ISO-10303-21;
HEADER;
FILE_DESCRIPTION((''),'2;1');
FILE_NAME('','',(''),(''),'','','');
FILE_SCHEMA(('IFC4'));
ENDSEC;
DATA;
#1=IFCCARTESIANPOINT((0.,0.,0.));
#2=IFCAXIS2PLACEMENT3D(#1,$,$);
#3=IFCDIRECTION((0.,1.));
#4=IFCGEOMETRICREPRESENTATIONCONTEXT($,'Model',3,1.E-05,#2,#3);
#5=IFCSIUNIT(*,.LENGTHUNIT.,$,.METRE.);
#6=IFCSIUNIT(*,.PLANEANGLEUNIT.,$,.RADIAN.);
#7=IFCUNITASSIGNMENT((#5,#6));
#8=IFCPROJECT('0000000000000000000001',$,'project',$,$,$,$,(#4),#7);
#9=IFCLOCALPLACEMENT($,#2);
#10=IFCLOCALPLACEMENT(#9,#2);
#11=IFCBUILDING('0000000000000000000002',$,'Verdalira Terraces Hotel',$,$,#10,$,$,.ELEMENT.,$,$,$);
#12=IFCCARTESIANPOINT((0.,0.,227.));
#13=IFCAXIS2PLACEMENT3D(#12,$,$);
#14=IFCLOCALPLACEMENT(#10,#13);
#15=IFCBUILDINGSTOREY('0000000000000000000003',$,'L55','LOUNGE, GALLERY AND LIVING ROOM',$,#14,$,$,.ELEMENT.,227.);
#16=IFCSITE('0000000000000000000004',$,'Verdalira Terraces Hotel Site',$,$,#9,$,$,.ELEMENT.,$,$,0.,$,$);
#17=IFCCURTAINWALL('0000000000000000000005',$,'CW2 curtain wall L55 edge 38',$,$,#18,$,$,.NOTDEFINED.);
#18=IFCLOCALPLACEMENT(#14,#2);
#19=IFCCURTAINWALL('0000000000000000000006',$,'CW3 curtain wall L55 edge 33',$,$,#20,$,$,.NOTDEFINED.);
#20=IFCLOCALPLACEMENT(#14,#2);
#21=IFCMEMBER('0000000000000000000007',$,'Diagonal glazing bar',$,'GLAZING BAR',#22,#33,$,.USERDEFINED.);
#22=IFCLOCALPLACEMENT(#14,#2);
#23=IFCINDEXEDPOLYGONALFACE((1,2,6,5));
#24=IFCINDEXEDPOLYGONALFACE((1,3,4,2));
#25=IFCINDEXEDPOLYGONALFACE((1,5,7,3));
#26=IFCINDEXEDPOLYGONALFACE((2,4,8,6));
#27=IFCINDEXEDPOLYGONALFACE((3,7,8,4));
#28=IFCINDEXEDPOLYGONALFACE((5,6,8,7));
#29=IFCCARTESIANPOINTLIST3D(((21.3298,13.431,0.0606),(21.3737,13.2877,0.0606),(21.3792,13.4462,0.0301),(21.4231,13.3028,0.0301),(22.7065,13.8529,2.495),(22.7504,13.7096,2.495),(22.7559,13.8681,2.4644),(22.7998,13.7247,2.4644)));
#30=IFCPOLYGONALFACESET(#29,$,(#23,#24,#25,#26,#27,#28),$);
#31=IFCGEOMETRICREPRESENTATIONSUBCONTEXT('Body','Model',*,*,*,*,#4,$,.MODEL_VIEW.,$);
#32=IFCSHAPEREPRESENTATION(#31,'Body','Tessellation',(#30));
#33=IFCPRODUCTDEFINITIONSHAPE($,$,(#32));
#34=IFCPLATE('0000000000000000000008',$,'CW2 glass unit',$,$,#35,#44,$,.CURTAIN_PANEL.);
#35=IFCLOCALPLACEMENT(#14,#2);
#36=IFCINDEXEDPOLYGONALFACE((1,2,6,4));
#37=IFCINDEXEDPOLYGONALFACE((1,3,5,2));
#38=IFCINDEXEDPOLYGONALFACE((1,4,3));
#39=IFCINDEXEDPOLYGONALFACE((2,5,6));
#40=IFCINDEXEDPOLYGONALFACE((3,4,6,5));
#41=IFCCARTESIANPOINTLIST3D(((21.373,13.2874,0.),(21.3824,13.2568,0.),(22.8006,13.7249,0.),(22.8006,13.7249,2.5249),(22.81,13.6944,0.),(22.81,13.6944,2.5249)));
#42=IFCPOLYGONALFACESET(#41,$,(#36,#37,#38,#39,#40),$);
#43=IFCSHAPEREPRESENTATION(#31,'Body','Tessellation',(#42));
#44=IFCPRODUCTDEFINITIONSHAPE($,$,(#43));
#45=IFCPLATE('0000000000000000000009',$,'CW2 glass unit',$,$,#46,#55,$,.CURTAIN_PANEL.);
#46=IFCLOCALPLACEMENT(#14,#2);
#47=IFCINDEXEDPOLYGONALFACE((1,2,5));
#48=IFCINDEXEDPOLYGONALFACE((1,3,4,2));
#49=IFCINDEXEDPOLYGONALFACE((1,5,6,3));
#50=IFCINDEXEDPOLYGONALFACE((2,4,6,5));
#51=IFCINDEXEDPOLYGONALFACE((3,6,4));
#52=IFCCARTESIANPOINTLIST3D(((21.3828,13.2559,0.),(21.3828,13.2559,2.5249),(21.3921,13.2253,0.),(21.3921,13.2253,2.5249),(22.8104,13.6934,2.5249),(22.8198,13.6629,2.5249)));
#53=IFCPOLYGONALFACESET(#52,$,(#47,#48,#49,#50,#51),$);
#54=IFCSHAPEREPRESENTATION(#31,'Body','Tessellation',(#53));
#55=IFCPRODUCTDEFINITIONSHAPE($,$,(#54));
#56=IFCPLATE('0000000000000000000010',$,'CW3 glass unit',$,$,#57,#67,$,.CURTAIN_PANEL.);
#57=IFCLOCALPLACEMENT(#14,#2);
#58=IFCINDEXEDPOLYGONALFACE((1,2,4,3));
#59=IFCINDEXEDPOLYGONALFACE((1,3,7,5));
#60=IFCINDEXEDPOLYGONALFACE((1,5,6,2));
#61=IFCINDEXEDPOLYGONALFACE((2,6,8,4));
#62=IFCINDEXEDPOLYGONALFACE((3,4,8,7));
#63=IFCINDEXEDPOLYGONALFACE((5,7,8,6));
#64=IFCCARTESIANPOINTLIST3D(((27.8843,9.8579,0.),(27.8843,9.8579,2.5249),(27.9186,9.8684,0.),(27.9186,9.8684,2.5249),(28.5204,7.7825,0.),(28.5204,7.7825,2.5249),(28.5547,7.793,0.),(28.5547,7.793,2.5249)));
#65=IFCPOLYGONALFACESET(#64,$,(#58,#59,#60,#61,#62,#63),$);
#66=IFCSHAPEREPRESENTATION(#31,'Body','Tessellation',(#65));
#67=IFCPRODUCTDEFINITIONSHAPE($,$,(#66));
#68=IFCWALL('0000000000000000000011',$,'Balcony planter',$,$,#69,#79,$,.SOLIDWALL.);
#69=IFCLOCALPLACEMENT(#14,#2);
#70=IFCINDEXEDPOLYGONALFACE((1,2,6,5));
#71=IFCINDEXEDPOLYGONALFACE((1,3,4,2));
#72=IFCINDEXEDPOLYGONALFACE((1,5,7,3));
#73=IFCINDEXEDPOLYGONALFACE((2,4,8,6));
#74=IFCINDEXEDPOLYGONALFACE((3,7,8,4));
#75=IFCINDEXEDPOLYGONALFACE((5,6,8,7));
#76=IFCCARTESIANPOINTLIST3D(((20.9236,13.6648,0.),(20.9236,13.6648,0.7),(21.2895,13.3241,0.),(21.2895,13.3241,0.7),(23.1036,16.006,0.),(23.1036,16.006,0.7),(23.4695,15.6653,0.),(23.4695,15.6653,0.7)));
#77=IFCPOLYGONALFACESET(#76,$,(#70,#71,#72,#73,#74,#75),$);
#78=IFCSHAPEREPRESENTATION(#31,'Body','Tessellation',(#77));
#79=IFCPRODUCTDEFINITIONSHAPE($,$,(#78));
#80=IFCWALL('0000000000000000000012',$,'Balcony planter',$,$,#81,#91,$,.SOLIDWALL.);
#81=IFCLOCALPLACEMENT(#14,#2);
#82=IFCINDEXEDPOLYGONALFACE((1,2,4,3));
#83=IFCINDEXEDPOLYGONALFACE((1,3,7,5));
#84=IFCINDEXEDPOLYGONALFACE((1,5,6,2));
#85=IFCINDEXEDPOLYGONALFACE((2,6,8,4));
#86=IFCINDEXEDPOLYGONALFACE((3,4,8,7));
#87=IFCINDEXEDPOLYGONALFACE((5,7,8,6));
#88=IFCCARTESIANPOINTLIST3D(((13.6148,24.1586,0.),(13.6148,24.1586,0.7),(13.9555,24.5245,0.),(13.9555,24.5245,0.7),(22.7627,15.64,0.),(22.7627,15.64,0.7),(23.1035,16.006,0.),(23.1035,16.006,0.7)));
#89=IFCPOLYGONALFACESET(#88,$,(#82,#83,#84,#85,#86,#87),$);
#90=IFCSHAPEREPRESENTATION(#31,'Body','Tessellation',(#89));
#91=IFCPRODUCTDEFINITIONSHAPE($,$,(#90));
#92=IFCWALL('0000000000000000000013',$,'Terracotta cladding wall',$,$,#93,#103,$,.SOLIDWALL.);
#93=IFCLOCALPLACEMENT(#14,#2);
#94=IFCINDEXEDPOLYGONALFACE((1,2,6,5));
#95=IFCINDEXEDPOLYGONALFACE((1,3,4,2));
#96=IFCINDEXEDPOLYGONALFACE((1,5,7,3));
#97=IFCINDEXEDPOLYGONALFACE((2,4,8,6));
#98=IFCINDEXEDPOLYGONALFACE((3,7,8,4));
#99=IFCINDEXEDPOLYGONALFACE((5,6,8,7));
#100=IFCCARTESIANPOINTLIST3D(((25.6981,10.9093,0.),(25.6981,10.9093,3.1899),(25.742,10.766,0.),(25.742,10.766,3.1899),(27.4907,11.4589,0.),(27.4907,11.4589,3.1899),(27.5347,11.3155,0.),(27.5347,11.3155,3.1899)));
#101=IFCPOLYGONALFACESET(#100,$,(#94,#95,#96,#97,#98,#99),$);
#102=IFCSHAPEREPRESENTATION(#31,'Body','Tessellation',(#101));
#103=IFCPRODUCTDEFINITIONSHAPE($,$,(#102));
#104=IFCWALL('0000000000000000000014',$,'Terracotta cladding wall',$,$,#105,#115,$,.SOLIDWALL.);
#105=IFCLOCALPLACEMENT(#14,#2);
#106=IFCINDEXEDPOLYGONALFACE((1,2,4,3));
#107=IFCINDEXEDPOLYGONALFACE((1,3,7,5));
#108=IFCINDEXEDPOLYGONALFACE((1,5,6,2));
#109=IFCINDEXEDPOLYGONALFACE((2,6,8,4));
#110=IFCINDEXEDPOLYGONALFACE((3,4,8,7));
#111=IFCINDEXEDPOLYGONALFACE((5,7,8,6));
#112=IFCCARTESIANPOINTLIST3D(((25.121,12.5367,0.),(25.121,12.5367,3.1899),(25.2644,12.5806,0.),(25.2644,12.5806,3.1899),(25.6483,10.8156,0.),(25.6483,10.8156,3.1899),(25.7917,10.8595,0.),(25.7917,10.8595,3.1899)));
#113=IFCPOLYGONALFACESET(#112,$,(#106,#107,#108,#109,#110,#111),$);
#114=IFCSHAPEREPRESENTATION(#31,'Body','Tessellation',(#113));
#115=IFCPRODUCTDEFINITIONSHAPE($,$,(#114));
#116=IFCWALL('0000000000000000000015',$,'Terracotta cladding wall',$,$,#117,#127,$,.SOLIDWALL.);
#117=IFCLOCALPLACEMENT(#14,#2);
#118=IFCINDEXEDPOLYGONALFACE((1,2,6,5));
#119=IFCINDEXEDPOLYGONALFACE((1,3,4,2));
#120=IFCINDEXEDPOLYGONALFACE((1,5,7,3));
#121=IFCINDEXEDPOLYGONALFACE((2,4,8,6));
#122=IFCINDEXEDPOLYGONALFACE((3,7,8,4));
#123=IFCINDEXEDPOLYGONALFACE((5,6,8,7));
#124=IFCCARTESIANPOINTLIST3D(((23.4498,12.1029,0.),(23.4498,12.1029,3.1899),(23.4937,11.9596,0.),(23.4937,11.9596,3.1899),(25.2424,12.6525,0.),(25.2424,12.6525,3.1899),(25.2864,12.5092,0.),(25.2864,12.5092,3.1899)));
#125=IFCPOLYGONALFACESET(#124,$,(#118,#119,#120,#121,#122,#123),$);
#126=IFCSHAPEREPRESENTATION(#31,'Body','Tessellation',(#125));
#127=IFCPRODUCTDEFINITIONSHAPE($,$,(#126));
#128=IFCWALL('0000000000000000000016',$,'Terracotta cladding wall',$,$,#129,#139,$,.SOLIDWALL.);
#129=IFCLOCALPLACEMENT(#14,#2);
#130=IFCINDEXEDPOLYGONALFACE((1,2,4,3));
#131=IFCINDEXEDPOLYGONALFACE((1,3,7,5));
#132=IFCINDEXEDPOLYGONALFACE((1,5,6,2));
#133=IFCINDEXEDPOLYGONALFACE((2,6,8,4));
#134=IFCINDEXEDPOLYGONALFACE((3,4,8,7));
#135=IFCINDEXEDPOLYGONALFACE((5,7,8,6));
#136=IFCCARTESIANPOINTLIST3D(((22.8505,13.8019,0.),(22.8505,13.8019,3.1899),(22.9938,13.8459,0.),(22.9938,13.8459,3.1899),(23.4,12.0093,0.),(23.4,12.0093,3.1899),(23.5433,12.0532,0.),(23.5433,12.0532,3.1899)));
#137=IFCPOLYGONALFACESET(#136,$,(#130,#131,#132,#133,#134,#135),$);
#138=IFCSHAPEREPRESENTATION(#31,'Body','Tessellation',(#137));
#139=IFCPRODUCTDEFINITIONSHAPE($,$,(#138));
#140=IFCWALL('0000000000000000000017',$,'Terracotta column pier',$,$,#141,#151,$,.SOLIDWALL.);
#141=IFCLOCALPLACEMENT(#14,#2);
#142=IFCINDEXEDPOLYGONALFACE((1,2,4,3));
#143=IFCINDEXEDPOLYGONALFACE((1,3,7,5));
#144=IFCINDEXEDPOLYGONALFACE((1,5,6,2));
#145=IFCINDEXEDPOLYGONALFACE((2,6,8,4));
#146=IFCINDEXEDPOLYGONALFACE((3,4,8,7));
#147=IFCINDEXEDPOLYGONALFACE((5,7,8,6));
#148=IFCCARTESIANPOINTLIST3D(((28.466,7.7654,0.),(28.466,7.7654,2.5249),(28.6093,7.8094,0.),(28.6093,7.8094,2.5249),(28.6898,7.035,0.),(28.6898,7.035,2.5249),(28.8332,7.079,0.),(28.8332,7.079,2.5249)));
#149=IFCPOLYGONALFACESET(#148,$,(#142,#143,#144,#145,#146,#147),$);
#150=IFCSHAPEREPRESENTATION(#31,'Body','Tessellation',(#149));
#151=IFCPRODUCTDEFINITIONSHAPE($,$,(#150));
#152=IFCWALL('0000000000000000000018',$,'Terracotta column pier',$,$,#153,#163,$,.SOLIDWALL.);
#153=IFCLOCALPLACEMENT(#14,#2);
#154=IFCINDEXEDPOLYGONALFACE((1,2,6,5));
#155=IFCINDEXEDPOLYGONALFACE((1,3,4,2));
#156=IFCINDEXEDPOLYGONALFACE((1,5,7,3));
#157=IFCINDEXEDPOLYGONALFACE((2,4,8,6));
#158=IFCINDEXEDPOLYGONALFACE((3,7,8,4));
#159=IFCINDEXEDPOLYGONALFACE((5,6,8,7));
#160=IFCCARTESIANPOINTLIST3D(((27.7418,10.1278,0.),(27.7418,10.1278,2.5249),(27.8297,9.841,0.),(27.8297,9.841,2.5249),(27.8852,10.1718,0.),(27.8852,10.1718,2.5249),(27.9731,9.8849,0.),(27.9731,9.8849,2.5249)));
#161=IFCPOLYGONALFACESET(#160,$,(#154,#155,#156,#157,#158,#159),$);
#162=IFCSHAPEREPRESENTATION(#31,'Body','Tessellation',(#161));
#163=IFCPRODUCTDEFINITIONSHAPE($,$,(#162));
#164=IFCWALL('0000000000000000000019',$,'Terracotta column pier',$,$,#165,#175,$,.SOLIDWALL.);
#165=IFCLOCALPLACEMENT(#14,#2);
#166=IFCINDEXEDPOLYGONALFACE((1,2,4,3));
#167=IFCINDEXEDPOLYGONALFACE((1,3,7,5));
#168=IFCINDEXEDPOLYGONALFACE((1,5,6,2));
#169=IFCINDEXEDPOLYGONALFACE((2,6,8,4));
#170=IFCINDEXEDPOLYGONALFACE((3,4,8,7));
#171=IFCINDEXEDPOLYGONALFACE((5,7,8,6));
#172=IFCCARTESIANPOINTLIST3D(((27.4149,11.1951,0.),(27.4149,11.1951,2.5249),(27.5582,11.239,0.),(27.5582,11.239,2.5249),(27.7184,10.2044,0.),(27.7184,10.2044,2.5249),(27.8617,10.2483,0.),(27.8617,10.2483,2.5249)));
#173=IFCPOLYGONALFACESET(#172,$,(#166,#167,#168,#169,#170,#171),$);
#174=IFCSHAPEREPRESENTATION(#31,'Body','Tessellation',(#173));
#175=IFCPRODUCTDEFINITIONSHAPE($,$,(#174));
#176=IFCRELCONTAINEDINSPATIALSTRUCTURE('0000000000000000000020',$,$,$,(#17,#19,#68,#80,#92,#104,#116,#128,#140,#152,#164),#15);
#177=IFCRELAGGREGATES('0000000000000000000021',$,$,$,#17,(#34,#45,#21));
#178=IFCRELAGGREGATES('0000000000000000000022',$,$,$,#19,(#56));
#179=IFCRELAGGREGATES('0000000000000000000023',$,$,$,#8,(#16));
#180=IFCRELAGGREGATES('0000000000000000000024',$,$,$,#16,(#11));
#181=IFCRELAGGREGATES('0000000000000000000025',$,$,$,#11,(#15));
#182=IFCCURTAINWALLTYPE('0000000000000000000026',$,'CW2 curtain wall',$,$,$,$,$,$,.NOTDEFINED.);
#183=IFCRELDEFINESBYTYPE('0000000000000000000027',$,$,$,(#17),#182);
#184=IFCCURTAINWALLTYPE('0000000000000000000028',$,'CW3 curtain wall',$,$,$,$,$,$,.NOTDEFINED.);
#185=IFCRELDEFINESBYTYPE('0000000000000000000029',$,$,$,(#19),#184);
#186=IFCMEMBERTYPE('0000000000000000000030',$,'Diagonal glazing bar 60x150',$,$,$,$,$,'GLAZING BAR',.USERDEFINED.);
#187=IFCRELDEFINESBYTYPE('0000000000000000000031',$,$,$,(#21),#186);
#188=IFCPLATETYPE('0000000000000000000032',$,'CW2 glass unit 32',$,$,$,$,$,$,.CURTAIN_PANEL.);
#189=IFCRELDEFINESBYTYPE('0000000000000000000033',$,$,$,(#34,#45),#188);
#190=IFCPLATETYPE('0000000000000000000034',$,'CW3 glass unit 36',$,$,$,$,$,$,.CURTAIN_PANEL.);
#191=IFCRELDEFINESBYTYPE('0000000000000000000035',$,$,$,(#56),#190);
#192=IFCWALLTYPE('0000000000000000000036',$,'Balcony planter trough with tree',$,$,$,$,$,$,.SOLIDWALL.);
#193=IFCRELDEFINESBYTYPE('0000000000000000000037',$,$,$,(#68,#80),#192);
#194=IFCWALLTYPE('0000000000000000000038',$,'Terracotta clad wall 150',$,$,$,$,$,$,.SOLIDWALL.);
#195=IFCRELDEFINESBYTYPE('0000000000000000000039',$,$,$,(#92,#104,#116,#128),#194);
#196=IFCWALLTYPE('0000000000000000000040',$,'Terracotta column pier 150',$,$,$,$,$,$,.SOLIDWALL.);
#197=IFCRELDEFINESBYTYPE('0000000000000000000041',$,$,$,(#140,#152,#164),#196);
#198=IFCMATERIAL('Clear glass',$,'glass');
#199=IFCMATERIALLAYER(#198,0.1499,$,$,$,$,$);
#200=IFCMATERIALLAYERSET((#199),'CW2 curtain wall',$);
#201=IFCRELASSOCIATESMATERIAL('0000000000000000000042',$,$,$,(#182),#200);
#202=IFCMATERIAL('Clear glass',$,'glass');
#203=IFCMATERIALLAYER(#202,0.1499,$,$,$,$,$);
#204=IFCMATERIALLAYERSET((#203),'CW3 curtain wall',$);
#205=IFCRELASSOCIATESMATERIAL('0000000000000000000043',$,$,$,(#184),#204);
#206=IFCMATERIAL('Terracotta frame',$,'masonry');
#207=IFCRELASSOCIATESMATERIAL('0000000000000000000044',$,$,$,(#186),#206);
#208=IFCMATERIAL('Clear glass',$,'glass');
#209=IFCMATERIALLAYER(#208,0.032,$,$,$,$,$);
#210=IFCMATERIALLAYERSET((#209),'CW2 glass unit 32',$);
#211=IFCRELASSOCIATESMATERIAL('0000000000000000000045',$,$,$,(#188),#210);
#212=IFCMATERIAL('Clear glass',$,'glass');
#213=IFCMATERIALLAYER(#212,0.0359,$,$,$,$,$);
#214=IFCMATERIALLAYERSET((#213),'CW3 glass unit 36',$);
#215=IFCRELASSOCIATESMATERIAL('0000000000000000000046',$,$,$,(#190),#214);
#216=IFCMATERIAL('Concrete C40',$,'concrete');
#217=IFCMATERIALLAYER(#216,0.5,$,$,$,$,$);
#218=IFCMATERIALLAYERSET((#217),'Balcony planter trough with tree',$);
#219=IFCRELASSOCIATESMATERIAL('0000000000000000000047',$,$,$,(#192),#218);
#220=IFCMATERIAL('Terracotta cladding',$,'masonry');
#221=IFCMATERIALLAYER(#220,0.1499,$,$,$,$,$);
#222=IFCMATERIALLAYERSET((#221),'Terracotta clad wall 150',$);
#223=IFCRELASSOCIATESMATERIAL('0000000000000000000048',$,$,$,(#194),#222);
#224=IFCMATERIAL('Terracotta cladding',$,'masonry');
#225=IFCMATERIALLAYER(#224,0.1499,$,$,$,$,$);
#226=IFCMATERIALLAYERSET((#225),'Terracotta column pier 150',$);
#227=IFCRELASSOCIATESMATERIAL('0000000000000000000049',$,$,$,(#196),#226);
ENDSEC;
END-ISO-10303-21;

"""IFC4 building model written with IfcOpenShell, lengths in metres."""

from ifc_helpers import new_model, si_unit, direction, frame, frame_2d, origin, origin_2d, place, context, subcontext, project, spatial, polyline, rectangle, outline, extrude, material, layer, layer_set, material_profile, profile_set, type_object, element, aggregate, save


model = new_model("IFC4")

# Units and contexts
model_context = context("Model", 3, precision=1e-05, world=origin(), true_north=direction((0.0, 1.0)))
body_context = subcontext(model_context, "Body", "Model", "MODEL_VIEW")
ifc_project = project(units=[si_unit("LENGTHUNIT", "METRE"), si_unit("PLANEANGLEUNIT", "RADIAN")], contexts=[model_context])

# Site, building, storey
site_placement = place(None, origin())
site = spatial("IfcSite", under=ifc_project, at=site_placement, Name="Verdalira Terraces Hotel Site", CompositionType="ELEMENT", RefElevation=0.0)
building_placement = place(site_placement, origin())
building = spatial("IfcBuilding", under=site, at=building_placement, Name="Verdalira Terraces Hotel", CompositionType="ELEMENT")
storey_placement = place(building_placement, frame((0.0, 0.0, 227.0)))
storey = spatial("IfcBuildingStorey", under=building, at=storey_placement, Name="L55", Description="LOUNGE, GALLERY AND LIVING ROOM", CompositionType="ELEMENT", Elevation=227.0)

# Curtain walls
ifc_material_1 = material(Name="Clear glass", Category="glass")
ifc_layer_1 = layer(ifc_material_1, 0.1499)
ifc_layer_set_1 = layer_set([ifc_layer_1], Name="CW2 curtain wall")
curtain_wall_type_1 = type_object("IfcCurtainWallType", Name="CW2 curtain wall", PredefinedType="NOTDEFINED", material=ifc_layer_set_1)
curtain_wall_1_placement = place(storey_placement, origin())
curtain_wall_1 = element("IfcCurtainWall", 1, at=curtain_wall_1_placement, inside=storey, type_object=curtain_wall_type_1, Name="CW2 curtain wall L55 edge 38", PredefinedType="NOTDEFINED")
ifc_material_2 = material(Name="Clear glass", Category="glass")
ifc_layer_2 = layer(ifc_material_2, 0.1499)
ifc_layer_set_2 = layer_set([ifc_layer_2], Name="CW3 curtain wall")
curtain_wall_type_2 = type_object("IfcCurtainWallType", Name="CW3 curtain wall", PredefinedType="NOTDEFINED", material=ifc_layer_set_2)
curtain_wall_2_placement = place(storey_placement, origin())
curtain_wall_2 = element("IfcCurtainWall", 2, at=curtain_wall_2_placement, inside=storey, type_object=curtain_wall_type_2, Name="CW3 curtain wall L55 edge 33", PredefinedType="NOTDEFINED")

# Member
ifc_material_3 = material(Name="Terracotta frame", Category="masonry")
ifc_material_profile_1 = material_profile(ifc_material_3, rectangle(XDim=0.1499, YDim=0.0601, at=origin_2d()), Name="GB 60x150")
ifc_profile_set_1 = profile_set([ifc_material_profile_1], Name="Terracotta frame")
member_type_1 = type_object("IfcMemberType", Name="Diagonal glazing bar 60x150", ElementType="GLAZING BAR", PredefinedType="USERDEFINED", material=ifc_profile_set_1)
member_1_placement = place(storey_placement, frame((22.7532, 13.7888, 2.4797), z_axis=(-0.486763, -0.149162, -0.860705), x_axis=(0.29299, -0.956116, 0.0)))
member_1 = element("IfcMember", 3, at=member_1_placement, type_object=member_type_1, Name="Diagonal glazing bar", ObjectType="GLAZING BAR", PredefinedType="USERDEFINED", context=body_context, shape_type="SweptSolid", body=[
    extrude(rectangle(XDim=0.1499, YDim=0.0601, at=origin_2d()), origin(), (0.0, 0.0, 1.0), 2.8284),
])

# Plates
ifc_material_4 = material(Name="Clear glass", Category="glass")
ifc_layer_3 = layer(ifc_material_4, 0.032)
ifc_layer_set_3 = layer_set([ifc_layer_3], Name="CW2 glass unit 32")
plate_type_1 = type_object("IfcPlateType", Name="CW2 glass unit 32", PredefinedType="CURTAIN_PANEL", material=ifc_layer_set_3)
plate_1_placement = place(storey_placement, frame((22.0962, 13.4756, 1.2625), z_axis=(-0.293039, 0.9561, 0.0), x_axis=(-0.9561, -0.293039, 0.0)))
plate_1 = element("IfcPlate", 4, at=plate_1_placement, type_object=plate_type_1, Name="CW2 glass unit", PredefinedType="CURTAIN_PANEL", context=body_context, shape_type="SweptSolid", body=[
    extrude(outline(polyline([(-0.7466, -1.2625), (0.7466, -1.2625), (-0.7466, 1.2625), (-0.7466, -1.2625)])), origin(), (0.0, 0.0, 1.0), 0.032),
])
plate_2_placement = place(storey_placement, frame((22.106, 13.4441, 1.2625), z_axis=(-0.293039, 0.9561, 0.0), x_axis=(-0.9561, -0.293039, 0.0)))
plate_2 = element("IfcPlate", 5, at=plate_2_placement, type_object=plate_type_1, Name="CW2 glass unit", PredefinedType="CURTAIN_PANEL", context=body_context, shape_type="SweptSolid", body=[
    extrude(outline(polyline([(0.7466, -1.2625), (0.7466, 1.2625), (-0.7466, 1.2625), (0.7466, -1.2625)])), origin(), (0.0, 0.0, 1.0), 0.032),
])
aggregate(curtain_wall_1, [plate_1, plate_2, member_1])
ifc_material_5 = material(Name="Clear glass", Category="glass")
ifc_layer_4 = layer(ifc_material_5, 0.0359)
ifc_layer_set_4 = layer_set([ifc_layer_4], Name="CW3 glass unit 36")
plate_type_2 = type_object("IfcPlateType", Name="CW3 glass unit 36", PredefinedType="CURTAIN_PANEL", material=ifc_layer_set_4)
plate_3_placement = place(storey_placement, frame((28.2195, 8.8254, 0.0), z_axis=(0.0, 0.0, 1.0), x_axis=(-0.293039, 0.9561, 0.0)))
plate_3 = element("IfcPlate", 6, at=plate_3_placement, type_object=plate_type_2, Name="CW3 glass unit", PredefinedType="CURTAIN_PANEL", context=body_context, shape_type="SweptSolid", body=[
    extrude(rectangle(XDim=2.1707, YDim=0.0359, at=origin_2d()), origin(), (0.0, 0.0, 1.0), 2.5249),
])
aggregate(curtain_wall_2, [plate_3])

# Walls
ifc_material_6 = material(Name="Concrete C40", Category="concrete")
ifc_layer_5 = layer(ifc_material_6, 0.5)
ifc_layer_set_5 = layer_set([ifc_layer_5], Name="Balcony planter trough with tree")
wall_type_1 = type_object("IfcWallType", Name="Balcony planter trough with tree", PredefinedType="SOLIDWALL", material=ifc_layer_set_5)
wall_1_placement = place(storey_placement, frame((21.1064, 13.4944, 0.0), z_axis=(0.0, 0.0, 1.0), x_axis=(0.681472, 0.731844, 0.0)))
element("IfcWall", 7, at=wall_1_placement, inside=storey, type_object=wall_type_1, Name="Balcony planter", PredefinedType="SOLIDWALL", context=body_context, shape_type="SweptSolid", body=[
    extrude(rectangle(XDim=3.199, YDim=0.5, at=frame_2d((1.5996, 0.0))), origin(), (0.0, 0.0, 1.0), 0.7),
])
wall_2_placement = place(storey_placement, frame((22.9331, 15.823, 0.0), z_axis=(0.0, 0.0, 1.0), x_axis=(-0.731834, 0.681483, 0.0)))
element("IfcWall", 8, at=wall_2_placement, inside=storey, type_object=wall_type_1, Name="Balcony planter", PredefinedType="SOLIDWALL", context=body_context, shape_type="SweptSolid", body=[
    extrude(rectangle(XDim=12.5, YDim=0.5, at=frame_2d((6.25, 0.0))), origin(), (0.0, 0.0, 1.0), 0.7),
])
ifc_material_7 = material(Name="Terracotta cladding", Category="masonry")
ifc_layer_6 = layer(ifc_material_7, 0.1499)
ifc_layer_set_6 = layer_set([ifc_layer_6], Name="Terracotta clad wall 150")
wall_type_2 = type_object("IfcWallType", Name="Terracotta clad wall 150", PredefinedType="SOLIDWALL", material=ifc_layer_set_6)
wall_3_placement = place(storey_placement, frame((27.5127, 11.3872, 0.0), z_axis=(0.0, 0.0, 1.0), x_axis=(-0.956085, -0.293088, 0.0)))
element("IfcWall", 9, at=wall_3_placement, inside=storey, type_object=wall_type_2, Name="Terracotta cladding wall", PredefinedType="SOLIDWALL", context=body_context, shape_type="SweptSolid", body=[
    extrude(rectangle(XDim=1.875, YDim=0.1499, at=frame_2d((0.9375, 0.0))), origin(), (0.0, 0.0, 1.0), 3.1899),
])
wall_4_placement = place(storey_placement, frame((25.72, 10.8376, 0.0), z_axis=(0.0, 0.0, 1.0), x_axis=(-0.292942, 0.95613, 0.0)))
element("IfcWall", 10, at=wall_4_placement, inside=storey, type_object=wall_type_2, Name="Terracotta cladding wall", PredefinedType="SOLIDWALL", context=body_context, shape_type="SweptSolid", body=[
    extrude(rectangle(XDim=1.8, YDim=0.1499, at=frame_2d((0.8999, 0.0))), origin(), (0.0, 0.0, 1.0), 3.1899),
])
for number, where, z_axis, x_axis, name in (
    (11, (25.2644, 12.5808, 0.0), (0.0, 0.0, 1.0), (-0.956085, -0.293088, 0.0), "Terracotta cladding wall"),
    (12, (23.4717, 12.0312, 0.0), (0.0, 0.0, 1.0), (-0.293088, 0.956085, 0.0), "Terracotta cladding wall"),
):
    element("IfcWall", number, at=place(storey_placement, frame(where, z_axis=z_axis, x_axis=x_axis)), inside=storey, type_object=wall_type_2, Name=name, PredefinedType="SOLIDWALL", context=body_context, shape_type="SweptSolid", body=[
        extrude(rectangle(XDim=1.875, YDim=0.1499, at=frame_2d((0.9375, 0.0))), origin(), (0.0, 0.0, 1.0), 3.1899),
    ])
ifc_material_8 = material(Name="Terracotta cladding", Category="masonry")
ifc_layer_7 = layer(ifc_material_8, 0.1499)
ifc_layer_set_7 = layer_set([ifc_layer_7], Name="Terracotta column pier 150")
wall_type_3 = type_object("IfcWallType", Name="Terracotta column pier 150", PredefinedType="SOLIDWALL", material=ifc_layer_set_7)
wall_5_placement = place(storey_placement, frame((28.7615, 7.0571, 0.0), z_axis=(0.0, 0.0, 1.0), x_axis=(-0.29303, 0.956103, 0.0)))
element("IfcWall", 13, at=wall_5_placement, inside=storey, type_object=wall_type_3, Name="Terracotta column pier", PredefinedType="SOLIDWALL", context=body_context, shape_type="SweptSolid", body=[
    extrude(rectangle(XDim=0.7639, YDim=0.1499, at=frame_2d((0.3818, 0.0))), origin(), (0.0, 0.0, 1.0), 2.5249),
])
wall_6_placement = place(storey_placement, frame((27.9014, 9.863, 0.0), z_axis=(0.0, 0.0, 1.0), x_axis=(-0.292942, 0.95613, 0.0)))
element("IfcWall", 14, at=wall_6_placement, inside=storey, type_object=wall_type_3, Name="Terracotta column pier", PredefinedType="SOLIDWALL", context=body_context, shape_type="SweptSolid", body=[
    extrude(rectangle(XDim=0.3, YDim=0.1499, at=frame_2d((0.1499, 0.0))), origin(), (0.0, 0.0, 1.0), 2.5249),
])
wall_7_placement = place(storey_placement, frame((27.79, 10.2263, 0.0), z_axis=(0.0, 0.0, 1.0), x_axis=(-0.292877, 0.95615, 0.0)))
element("IfcWall", 15, at=wall_7_placement, inside=storey, type_object=wall_type_3, Name="Terracotta column pier", PredefinedType="SOLIDWALL", context=body_context, shape_type="SweptSolid", body=[
    extrude(rectangle(XDim=1.0361, YDim=0.1499, at=frame_2d((0.5181, 0.0))), origin(), (0.0, 0.0, 1.0), 2.5249),
])

save(model, "model.ifc")
